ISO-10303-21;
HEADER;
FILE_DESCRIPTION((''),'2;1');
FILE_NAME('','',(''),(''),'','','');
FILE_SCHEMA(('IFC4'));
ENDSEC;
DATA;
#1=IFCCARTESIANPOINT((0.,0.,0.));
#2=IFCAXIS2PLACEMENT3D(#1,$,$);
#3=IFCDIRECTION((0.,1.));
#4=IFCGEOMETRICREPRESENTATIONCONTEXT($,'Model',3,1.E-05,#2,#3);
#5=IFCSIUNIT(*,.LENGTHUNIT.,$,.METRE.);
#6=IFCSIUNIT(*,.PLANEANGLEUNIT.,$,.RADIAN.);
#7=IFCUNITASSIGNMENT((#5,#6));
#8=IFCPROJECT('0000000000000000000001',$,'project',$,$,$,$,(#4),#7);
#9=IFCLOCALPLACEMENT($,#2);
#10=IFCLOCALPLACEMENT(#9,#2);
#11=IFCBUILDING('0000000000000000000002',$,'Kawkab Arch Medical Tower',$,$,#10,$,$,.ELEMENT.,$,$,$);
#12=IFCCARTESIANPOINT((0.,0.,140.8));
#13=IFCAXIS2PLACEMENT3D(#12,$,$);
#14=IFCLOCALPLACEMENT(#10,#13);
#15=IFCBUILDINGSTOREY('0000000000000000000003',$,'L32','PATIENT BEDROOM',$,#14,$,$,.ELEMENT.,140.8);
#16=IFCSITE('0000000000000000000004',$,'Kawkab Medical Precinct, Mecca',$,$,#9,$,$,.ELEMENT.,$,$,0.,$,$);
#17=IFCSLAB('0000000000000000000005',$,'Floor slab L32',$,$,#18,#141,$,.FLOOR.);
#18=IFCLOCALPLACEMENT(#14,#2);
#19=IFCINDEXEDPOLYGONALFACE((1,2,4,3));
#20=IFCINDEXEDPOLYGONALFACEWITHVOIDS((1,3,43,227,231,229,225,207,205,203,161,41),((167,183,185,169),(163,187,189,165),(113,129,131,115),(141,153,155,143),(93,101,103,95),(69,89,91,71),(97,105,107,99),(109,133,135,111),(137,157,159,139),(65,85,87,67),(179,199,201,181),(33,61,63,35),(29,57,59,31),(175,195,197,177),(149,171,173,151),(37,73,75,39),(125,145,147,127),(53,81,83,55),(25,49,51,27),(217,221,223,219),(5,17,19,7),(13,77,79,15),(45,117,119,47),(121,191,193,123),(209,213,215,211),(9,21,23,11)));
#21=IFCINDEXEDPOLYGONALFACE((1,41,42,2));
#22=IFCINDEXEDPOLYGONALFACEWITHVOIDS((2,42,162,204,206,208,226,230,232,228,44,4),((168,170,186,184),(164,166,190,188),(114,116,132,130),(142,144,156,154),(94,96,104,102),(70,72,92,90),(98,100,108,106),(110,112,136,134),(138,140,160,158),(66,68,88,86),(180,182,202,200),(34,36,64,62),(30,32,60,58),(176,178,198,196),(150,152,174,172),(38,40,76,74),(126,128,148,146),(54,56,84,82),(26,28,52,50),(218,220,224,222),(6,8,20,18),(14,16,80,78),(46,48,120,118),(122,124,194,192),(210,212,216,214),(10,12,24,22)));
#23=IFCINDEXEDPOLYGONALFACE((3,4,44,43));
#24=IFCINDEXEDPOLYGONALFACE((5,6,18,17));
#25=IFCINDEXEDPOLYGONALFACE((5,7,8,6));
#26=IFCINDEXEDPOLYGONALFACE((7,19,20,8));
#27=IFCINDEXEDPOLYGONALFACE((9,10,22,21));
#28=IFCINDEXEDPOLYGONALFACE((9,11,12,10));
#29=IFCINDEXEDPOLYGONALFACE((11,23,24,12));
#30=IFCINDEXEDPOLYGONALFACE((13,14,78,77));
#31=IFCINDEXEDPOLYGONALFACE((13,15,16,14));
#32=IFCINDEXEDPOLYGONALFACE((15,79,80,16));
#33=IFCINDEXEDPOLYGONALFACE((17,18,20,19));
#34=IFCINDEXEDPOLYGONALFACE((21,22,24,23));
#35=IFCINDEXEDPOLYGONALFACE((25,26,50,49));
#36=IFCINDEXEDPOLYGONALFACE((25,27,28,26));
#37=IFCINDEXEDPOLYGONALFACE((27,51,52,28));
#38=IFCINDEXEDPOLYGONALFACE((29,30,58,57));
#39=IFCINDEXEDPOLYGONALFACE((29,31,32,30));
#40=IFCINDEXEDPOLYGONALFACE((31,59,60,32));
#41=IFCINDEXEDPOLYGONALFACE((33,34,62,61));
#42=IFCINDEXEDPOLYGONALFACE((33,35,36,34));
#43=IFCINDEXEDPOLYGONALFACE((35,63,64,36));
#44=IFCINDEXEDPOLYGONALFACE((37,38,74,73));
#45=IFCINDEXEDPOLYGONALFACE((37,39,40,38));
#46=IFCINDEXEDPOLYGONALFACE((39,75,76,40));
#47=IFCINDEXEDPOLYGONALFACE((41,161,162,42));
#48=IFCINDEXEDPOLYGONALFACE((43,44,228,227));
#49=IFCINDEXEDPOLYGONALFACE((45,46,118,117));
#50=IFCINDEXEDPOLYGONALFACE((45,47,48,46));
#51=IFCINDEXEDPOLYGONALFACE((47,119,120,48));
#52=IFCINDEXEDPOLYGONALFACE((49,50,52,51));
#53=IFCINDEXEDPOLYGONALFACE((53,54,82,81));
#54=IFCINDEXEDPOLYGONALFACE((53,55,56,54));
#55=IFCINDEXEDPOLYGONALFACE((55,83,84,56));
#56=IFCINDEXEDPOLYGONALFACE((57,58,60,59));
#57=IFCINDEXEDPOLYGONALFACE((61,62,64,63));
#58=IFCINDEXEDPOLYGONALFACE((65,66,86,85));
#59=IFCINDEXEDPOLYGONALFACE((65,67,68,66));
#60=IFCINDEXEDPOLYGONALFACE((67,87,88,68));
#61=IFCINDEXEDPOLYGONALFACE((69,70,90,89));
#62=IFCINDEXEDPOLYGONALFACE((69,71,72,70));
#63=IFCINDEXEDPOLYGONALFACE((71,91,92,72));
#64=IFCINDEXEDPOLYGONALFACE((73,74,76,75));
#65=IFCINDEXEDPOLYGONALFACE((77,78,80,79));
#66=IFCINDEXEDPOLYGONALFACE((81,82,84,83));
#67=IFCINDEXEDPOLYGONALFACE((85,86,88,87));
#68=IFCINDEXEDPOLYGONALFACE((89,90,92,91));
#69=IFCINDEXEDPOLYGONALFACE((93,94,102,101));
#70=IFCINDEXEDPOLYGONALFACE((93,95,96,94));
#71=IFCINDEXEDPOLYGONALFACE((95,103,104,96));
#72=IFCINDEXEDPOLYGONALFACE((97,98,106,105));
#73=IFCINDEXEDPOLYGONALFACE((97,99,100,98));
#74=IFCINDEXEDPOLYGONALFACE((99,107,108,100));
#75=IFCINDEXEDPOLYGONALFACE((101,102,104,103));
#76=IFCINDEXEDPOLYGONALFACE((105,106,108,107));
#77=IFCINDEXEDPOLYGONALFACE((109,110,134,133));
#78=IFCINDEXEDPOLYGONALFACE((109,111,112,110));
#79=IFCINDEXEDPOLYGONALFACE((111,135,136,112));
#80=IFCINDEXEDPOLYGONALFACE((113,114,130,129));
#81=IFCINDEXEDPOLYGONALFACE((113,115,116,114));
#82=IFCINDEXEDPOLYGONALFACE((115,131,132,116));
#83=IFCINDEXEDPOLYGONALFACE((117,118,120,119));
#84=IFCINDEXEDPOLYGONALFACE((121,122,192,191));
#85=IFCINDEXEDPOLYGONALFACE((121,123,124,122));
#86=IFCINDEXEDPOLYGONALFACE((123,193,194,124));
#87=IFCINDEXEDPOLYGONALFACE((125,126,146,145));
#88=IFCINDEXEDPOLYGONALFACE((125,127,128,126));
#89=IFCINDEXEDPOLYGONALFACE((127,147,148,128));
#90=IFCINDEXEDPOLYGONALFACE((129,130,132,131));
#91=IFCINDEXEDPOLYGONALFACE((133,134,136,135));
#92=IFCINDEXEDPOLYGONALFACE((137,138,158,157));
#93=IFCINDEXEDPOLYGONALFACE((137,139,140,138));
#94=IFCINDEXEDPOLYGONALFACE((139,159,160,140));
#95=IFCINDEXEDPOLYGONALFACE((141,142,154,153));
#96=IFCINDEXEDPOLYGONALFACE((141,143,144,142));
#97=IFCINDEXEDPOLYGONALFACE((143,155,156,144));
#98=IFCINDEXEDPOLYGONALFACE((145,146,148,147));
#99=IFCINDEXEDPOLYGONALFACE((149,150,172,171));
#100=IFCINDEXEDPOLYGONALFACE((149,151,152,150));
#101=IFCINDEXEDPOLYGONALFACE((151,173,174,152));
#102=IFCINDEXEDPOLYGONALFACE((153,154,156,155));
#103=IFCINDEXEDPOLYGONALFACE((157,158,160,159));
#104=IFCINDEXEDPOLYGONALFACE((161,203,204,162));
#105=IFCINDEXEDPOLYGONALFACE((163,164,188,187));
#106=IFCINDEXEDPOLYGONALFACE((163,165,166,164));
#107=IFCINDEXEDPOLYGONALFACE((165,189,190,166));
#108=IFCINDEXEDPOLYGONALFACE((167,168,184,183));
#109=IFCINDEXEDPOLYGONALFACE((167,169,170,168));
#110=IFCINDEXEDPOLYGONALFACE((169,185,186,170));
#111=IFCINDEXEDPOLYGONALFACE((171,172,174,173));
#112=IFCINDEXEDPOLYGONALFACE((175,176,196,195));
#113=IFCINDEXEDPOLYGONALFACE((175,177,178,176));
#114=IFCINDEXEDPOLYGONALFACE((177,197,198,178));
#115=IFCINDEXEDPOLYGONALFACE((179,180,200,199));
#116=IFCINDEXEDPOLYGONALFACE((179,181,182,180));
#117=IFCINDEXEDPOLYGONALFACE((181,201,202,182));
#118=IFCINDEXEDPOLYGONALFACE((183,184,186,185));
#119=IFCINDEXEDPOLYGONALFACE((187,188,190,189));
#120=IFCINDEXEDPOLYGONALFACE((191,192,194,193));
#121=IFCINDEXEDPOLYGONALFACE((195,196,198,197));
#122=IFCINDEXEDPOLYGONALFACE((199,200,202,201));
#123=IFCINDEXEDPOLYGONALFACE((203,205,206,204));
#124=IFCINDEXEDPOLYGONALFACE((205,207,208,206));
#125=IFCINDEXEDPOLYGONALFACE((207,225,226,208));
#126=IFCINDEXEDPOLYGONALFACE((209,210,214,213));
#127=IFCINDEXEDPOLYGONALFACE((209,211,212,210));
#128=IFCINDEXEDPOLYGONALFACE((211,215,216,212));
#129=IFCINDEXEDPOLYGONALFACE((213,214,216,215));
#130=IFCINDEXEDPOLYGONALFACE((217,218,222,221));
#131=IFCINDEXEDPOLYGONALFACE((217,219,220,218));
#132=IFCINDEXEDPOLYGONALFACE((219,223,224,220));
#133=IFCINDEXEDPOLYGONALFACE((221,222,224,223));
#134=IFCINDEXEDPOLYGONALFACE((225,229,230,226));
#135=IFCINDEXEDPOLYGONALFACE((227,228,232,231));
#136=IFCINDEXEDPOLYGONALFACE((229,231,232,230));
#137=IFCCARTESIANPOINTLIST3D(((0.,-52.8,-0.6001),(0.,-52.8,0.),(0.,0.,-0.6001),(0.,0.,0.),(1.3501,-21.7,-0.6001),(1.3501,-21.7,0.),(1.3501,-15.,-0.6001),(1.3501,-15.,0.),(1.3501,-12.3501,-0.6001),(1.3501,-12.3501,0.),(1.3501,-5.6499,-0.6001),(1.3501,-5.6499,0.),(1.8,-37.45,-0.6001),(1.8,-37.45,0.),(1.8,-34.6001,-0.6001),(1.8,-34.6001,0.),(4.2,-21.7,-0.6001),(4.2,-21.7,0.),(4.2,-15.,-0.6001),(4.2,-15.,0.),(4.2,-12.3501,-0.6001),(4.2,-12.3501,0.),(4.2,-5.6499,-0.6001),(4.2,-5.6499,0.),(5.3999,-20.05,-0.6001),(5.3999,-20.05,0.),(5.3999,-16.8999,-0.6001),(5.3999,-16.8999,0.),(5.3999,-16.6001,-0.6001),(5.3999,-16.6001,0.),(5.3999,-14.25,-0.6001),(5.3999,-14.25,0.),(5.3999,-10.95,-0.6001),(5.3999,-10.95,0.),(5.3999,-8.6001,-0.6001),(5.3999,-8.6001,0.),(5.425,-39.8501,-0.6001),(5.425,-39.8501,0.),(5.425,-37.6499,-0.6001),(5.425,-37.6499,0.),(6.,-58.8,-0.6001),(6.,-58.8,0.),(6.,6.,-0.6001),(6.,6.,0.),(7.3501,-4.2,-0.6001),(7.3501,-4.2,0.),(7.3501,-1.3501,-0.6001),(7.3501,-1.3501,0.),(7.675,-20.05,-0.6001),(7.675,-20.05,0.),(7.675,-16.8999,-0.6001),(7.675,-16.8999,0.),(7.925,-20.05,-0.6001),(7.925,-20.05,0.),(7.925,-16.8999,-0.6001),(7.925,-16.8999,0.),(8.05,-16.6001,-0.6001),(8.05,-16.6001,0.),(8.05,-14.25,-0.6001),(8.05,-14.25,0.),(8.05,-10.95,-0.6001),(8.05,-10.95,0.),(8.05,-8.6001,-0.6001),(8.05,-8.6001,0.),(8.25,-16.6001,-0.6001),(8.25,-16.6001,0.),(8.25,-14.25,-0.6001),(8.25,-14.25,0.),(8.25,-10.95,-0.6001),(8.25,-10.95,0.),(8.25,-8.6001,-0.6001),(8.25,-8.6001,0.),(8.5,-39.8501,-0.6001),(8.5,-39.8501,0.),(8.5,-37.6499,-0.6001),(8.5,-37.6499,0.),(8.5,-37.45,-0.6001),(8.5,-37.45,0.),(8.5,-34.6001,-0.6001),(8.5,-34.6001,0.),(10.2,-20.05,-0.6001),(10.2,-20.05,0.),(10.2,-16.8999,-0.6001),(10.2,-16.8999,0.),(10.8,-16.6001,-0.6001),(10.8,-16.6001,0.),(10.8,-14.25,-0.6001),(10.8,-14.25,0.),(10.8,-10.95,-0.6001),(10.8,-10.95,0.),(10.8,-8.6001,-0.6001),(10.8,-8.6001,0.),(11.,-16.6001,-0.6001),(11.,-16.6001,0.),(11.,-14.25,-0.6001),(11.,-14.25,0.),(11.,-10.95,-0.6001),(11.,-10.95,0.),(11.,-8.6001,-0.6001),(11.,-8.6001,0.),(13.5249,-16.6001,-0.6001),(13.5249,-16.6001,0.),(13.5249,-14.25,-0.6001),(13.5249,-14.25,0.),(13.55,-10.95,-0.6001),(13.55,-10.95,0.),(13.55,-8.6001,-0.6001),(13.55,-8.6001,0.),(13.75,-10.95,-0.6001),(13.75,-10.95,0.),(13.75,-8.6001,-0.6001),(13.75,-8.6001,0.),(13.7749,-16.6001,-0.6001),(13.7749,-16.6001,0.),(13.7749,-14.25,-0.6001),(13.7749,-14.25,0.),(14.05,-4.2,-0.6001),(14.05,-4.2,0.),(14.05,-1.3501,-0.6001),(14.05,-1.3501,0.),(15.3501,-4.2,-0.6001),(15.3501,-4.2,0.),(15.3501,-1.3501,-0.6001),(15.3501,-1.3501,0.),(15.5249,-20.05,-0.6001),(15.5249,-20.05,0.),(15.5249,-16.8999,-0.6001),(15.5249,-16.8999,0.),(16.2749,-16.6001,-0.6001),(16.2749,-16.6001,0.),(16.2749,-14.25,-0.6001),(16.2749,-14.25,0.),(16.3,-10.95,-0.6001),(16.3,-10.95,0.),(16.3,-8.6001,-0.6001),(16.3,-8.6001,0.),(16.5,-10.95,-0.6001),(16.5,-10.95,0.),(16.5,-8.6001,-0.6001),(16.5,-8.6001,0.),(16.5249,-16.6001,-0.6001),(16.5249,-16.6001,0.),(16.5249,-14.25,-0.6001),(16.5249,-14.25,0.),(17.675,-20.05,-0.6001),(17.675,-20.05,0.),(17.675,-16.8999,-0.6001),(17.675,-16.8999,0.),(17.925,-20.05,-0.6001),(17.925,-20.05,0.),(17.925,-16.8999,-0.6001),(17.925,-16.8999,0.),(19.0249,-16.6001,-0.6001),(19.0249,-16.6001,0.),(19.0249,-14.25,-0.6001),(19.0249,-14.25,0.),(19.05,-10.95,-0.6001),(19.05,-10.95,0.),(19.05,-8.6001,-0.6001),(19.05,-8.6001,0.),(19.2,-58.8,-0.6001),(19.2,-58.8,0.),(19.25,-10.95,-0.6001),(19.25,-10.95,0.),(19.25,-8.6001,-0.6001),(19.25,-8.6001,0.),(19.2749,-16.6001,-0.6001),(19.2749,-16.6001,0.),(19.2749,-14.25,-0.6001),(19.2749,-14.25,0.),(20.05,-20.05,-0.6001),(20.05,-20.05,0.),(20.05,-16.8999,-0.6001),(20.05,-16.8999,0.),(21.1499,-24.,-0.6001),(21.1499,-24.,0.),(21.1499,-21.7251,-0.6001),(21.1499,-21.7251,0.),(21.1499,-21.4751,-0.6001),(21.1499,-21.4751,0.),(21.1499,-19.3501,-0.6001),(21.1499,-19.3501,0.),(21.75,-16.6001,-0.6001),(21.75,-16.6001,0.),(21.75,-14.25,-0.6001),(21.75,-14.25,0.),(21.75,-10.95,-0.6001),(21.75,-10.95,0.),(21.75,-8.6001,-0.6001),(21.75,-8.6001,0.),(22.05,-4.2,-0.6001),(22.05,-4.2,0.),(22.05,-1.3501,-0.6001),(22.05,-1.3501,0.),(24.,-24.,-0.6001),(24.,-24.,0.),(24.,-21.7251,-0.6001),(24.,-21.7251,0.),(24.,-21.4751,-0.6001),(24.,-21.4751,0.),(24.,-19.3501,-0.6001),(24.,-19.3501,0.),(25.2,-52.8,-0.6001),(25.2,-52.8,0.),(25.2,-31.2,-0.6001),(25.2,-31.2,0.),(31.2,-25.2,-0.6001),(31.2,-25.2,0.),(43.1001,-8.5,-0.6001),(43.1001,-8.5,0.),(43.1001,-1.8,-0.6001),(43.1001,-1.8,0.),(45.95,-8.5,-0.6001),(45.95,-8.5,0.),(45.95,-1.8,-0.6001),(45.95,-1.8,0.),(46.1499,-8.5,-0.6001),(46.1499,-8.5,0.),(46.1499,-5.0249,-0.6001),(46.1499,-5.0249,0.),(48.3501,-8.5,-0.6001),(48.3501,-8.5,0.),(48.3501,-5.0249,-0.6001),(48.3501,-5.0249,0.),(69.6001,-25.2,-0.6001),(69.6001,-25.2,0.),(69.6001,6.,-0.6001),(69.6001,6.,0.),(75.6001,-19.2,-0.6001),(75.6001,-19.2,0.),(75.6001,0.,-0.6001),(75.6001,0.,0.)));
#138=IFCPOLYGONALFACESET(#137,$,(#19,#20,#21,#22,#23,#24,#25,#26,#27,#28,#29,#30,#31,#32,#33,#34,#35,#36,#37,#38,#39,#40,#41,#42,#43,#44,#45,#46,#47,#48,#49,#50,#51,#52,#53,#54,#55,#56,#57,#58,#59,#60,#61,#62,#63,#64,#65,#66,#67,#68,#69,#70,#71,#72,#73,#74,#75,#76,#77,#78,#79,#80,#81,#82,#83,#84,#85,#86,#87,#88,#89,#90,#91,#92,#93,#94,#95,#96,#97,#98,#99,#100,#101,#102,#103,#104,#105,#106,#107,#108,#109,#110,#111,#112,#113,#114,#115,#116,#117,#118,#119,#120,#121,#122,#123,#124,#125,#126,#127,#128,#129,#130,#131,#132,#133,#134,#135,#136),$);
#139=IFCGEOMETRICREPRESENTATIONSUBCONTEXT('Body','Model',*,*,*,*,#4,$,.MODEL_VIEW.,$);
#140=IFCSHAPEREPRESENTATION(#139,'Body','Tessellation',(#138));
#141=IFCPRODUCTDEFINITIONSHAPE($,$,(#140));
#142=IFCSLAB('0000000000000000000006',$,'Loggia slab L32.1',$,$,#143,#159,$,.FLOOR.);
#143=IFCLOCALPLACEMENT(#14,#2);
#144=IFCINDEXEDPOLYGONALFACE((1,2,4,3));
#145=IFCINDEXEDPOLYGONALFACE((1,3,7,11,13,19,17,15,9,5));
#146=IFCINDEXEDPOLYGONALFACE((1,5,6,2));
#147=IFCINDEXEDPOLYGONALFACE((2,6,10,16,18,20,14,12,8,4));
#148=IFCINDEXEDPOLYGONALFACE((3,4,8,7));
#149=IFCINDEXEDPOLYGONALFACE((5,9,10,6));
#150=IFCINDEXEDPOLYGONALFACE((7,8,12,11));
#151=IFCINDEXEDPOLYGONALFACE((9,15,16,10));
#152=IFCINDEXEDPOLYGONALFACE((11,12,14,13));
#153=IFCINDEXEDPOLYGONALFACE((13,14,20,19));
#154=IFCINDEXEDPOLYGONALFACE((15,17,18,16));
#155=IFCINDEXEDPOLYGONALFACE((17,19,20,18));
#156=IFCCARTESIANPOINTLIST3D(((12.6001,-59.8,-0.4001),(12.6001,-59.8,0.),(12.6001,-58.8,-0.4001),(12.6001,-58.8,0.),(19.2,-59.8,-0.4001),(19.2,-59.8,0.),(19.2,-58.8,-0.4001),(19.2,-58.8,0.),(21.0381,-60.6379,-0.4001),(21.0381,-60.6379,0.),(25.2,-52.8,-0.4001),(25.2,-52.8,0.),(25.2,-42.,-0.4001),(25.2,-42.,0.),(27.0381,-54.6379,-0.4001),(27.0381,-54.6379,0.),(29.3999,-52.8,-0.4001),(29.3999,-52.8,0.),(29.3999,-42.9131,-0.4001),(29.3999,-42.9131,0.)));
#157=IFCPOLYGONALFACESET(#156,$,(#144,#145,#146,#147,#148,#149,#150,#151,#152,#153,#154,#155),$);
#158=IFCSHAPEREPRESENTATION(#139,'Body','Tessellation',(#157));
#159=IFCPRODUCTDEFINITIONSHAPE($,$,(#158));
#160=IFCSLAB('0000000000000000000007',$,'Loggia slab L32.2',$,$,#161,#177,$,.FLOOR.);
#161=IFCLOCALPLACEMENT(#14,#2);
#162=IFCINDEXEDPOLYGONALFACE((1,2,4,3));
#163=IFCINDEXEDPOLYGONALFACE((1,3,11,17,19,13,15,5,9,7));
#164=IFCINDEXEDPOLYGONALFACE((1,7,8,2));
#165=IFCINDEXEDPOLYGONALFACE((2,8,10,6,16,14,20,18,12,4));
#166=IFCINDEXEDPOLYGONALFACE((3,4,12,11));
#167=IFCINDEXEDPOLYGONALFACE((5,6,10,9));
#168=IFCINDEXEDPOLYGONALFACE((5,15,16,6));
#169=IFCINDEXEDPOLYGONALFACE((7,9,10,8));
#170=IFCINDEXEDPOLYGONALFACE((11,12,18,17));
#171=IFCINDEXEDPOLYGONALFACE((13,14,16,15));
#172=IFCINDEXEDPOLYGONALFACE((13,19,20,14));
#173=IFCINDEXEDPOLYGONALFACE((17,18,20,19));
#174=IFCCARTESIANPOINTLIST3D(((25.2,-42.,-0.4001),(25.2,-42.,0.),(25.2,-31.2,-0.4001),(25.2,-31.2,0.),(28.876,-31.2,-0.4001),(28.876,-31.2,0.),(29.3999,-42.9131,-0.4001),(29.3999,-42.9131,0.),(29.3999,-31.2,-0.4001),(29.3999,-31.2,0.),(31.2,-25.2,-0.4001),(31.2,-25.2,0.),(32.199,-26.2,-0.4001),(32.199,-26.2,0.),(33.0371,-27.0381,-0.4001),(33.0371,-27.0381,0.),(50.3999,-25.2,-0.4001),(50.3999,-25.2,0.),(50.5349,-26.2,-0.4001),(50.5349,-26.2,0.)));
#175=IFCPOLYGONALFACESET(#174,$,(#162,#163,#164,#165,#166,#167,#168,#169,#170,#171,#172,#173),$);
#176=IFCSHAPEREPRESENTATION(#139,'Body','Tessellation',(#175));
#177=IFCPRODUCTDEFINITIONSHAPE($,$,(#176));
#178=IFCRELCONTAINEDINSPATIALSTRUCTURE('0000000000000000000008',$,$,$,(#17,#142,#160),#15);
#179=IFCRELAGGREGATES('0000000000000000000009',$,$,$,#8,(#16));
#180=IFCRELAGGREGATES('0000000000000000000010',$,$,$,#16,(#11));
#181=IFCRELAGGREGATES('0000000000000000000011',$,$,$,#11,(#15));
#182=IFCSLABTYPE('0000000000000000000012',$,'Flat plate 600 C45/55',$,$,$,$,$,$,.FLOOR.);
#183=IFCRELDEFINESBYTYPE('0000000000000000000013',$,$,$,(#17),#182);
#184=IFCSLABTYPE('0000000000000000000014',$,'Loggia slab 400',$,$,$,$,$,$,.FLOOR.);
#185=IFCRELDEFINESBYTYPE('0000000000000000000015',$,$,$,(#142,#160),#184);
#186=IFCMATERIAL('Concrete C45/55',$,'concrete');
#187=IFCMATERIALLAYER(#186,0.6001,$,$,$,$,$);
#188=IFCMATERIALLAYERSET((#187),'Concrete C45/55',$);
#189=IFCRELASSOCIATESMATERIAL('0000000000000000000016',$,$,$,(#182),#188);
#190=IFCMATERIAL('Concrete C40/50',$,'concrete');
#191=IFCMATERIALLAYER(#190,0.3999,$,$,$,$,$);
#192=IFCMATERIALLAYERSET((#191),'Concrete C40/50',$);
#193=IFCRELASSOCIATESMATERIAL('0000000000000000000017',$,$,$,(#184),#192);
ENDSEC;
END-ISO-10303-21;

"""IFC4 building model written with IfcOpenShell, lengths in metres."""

from ifc_helpers import new_model, si_unit, direction, frame, origin, place, context, subcontext, project, spatial, polyline, outline, extrude, material, layer, layer_set, type_object, element, save


model = new_model("IFC4")

# Units and contexts
model_context = context("Model", 3, precision=1e-05, world=origin(), true_north=direction((0.0, 1.0)))
body_context = subcontext(model_context, "Body", "Model", "MODEL_VIEW")
ifc_project = project(units=[si_unit("LENGTHUNIT", "METRE"), si_unit("PLANEANGLEUNIT", "RADIAN")], contexts=[model_context])

# Site, building, storey
site_placement = place(None, origin())
site = spatial("IfcSite", under=ifc_project, at=site_placement, Name="Kawkab Medical Precinct, Mecca", CompositionType="ELEMENT", RefElevation=0.0)
building_placement = place(site_placement, origin())
building = spatial("IfcBuilding", under=site, at=building_placement, Name="Kawkab Arch Medical Tower", CompositionType="ELEMENT")
storey_placement = place(building_placement, frame((0.0, 0.0, 140.8)))
storey = spatial("IfcBuildingStorey", under=building, at=storey_placement, Name="L32", Description="PATIENT BEDROOM", CompositionType="ELEMENT", Elevation=140.8)

# Slabs
ifc_material_1 = material(Name="Concrete C45/55", Category="concrete")
ifc_layer_1 = layer(ifc_material_1, 0.6001)
ifc_layer_set_1 = layer_set([ifc_layer_1], Name="Concrete C45/55")
slab_type_1 = type_object("IfcSlabType", Name="Flat plate 600 C45/55", PredefinedType="FLOOR", material=ifc_layer_set_1)
slab_1_placement = place(storey_placement, frame((0.0, 0.0, -0.6001)))
element("IfcSlab", 1, at=slab_1_placement, inside=storey, type_object=slab_type_1, Name="Floor slab L32", PredefinedType="FLOOR", context=body_context, shape_type="SweptSolid", body=[
    extrude(outline(polyline([(6.0, 6.0), (69.6001, 6.0), (75.6001, 0.0), (75.6001, -19.2), (69.6001, -25.2), (31.2, -25.2), (25.2, -31.2), (25.2, -52.8), (19.2, -58.8), (6.0, -58.8), (0.0, -52.8), (0.0, 0.0), (6.0, 6.0)]), holes=[polyline([(5.425, -37.6499), (5.425, -39.8501), (8.5, -39.8501), (8.5, -37.6499), (5.425, -37.6499)]), polyline([(1.8, -37.45), (8.5, -37.45), (8.5, -34.6001), (1.8, -34.6001), (1.8, -37.45)]), polyline([(5.3999, -16.8999), (5.3999, -20.05), (7.675, -20.05), (7.675, -16.8999), (5.3999, -16.8999)]), polyline([(10.2, -16.8999), (7.925, -16.8999), (7.925, -20.05), (10.2, -20.05), (10.2, -16.8999)]), polyline([(4.2, -21.7), (4.2, -15.0), (1.3501, -15.0), (1.3501, -21.7), (4.2, -21.7)]), polyline([(5.3999, -14.25), (5.3999, -16.6001), (8.05, -16.6001), (8.05, -14.25), (5.3999, -14.25)]), polyline([(10.8, -14.25), (8.25, -14.25), (8.25, -16.6001), (10.8, -16.6001), (10.8, -14.25)]), polyline([(11.0, -14.25), (11.0, -16.6001), (13.5249, -16.6001), (13.5249, -14.25), (11.0, -14.25)]), polyline([(5.3999, -8.6001), (5.3999, -10.95), (8.05, -10.95), (8.05, -8.6001), (5.3999, -8.6001)]), polyline([(10.8, -8.6001), (8.25, -8.6001), (8.25, -10.95), (10.8, -10.95), (10.8, -8.6001)]), polyline([(11.0, -10.95), (13.55, -10.95), (13.55, -8.6001), (11.0, -8.6001), (11.0, -10.95)]), polyline([(4.2, -12.3501), (4.2, -5.6499), (1.3501, -5.6499), (1.3501, -12.3501), (4.2, -12.3501)]), polyline([(7.3501, -4.2), (14.05, -4.2), (14.05, -1.3501), (7.3501, -1.3501), (7.3501, -4.2)]), polyline([(24.0, -21.7251), (21.1499, -21.7251), (21.1499, -24.0), (24.0, -24.0), (24.0, -21.7251)]), polyline([(24.0, -21.4751), (24.0, -19.3501), (21.1499, -19.3501), (21.1499, -21.4751), (24.0, -21.4751)]), polyline([(15.5249, -16.8999), (15.5249, -20.05), (17.675, -20.05), (17.675, -16.8999), (15.5249, -16.8999)]), polyline([(17.925, -20.05), (20.05, -20.05), (20.05, -16.8999), (17.925, -16.8999), (17.925, -20.05)]), polyline([(16.2749, -14.25), (13.7749, -14.25), (13.7749, -16.6001), (16.2749, -16.6001), (16.2749, -14.25)]), polyline([(19.0249, -14.25), (16.5249, -14.25), (16.5249, -16.6001), (19.0249, -16.6001), (19.0249, -14.25)]), polyline([(19.2749, -16.6001), (21.75, -16.6001), (21.75, -14.25), (19.2749, -14.25), (19.2749, -16.6001)]), polyline([(13.75, -8.6001), (13.75, -10.95), (16.3, -10.95), (16.3, -8.6001), (13.75, -8.6001)]), polyline([(16.5, -8.6001), (16.5, -10.95), (19.05, -10.95), (19.05, -8.6001), (16.5, -8.6001)]), polyline([(19.25, -10.95), (21.75, -10.95), (21.75, -8.6001), (19.25, -8.6001), (19.25, -10.95)]), polyline([(46.1499, -5.0249), (46.1499, -8.5), (48.3501, -8.5), (48.3501, -5.0249), (46.1499, -5.0249)]), polyline([(43.1001, -1.8), (43.1001, -8.5), (45.95, -8.5), (45.95, -1.8), (43.1001, -1.8)]), polyline([(22.05, -1.3501), (15.3501, -1.3501), (15.3501, -4.2), (22.05, -4.2), (22.05, -1.3501)])]), origin(), (0.0, 0.0, 1.0), 0.6001),
])
ifc_material_2 = material(Name="Concrete C40/50", Category="concrete")
ifc_layer_2 = layer(ifc_material_2, 0.3999)
ifc_layer_set_2 = layer_set([ifc_layer_2], Name="Concrete C40/50")
slab_type_2 = type_object("IfcSlabType", Name="Loggia slab 400", PredefinedType="FLOOR", material=ifc_layer_set_2)
placement_1 = place(storey_placement, frame((0.0, 0.0, -0.4001)))
element("IfcSlab", 2, at=placement_1, inside=storey, type_object=slab_type_2, Name="Loggia slab L32.1", PredefinedType="FLOOR", context=body_context, shape_type="SweptSolid", body=[
    extrude(outline(polyline([(19.2, -59.8), (12.6001, -59.8), (12.6001, -58.8), (19.2, -58.8), (25.2, -52.8), (25.2, -42.0), (29.3999, -42.9131), (29.3999, -52.8), (27.0381, -54.6379), (21.0381, -60.6379), (19.2, -59.8)])), origin(), (0.0, 0.0, 1.0), 0.4001),
])
element("IfcSlab", 3, at=placement_1, inside=storey, type_object=slab_type_2, Name="Loggia slab L32.2", PredefinedType="FLOOR", context=body_context, shape_type="SweptSolid", body=[
    extrude(outline(polyline([(33.0371, -27.0381), (28.876, -31.2), (29.3999, -31.2), (29.3999, -42.9131), (25.2, -42.0), (25.2, -31.2), (31.2, -25.2), (50.3999, -25.2), (50.5349, -26.2), (32.199, -26.2), (33.0371, -27.0381)])), origin(), (0.0, 0.0, 1.0), 0.4001),
])

save(model, "model.ifc")
